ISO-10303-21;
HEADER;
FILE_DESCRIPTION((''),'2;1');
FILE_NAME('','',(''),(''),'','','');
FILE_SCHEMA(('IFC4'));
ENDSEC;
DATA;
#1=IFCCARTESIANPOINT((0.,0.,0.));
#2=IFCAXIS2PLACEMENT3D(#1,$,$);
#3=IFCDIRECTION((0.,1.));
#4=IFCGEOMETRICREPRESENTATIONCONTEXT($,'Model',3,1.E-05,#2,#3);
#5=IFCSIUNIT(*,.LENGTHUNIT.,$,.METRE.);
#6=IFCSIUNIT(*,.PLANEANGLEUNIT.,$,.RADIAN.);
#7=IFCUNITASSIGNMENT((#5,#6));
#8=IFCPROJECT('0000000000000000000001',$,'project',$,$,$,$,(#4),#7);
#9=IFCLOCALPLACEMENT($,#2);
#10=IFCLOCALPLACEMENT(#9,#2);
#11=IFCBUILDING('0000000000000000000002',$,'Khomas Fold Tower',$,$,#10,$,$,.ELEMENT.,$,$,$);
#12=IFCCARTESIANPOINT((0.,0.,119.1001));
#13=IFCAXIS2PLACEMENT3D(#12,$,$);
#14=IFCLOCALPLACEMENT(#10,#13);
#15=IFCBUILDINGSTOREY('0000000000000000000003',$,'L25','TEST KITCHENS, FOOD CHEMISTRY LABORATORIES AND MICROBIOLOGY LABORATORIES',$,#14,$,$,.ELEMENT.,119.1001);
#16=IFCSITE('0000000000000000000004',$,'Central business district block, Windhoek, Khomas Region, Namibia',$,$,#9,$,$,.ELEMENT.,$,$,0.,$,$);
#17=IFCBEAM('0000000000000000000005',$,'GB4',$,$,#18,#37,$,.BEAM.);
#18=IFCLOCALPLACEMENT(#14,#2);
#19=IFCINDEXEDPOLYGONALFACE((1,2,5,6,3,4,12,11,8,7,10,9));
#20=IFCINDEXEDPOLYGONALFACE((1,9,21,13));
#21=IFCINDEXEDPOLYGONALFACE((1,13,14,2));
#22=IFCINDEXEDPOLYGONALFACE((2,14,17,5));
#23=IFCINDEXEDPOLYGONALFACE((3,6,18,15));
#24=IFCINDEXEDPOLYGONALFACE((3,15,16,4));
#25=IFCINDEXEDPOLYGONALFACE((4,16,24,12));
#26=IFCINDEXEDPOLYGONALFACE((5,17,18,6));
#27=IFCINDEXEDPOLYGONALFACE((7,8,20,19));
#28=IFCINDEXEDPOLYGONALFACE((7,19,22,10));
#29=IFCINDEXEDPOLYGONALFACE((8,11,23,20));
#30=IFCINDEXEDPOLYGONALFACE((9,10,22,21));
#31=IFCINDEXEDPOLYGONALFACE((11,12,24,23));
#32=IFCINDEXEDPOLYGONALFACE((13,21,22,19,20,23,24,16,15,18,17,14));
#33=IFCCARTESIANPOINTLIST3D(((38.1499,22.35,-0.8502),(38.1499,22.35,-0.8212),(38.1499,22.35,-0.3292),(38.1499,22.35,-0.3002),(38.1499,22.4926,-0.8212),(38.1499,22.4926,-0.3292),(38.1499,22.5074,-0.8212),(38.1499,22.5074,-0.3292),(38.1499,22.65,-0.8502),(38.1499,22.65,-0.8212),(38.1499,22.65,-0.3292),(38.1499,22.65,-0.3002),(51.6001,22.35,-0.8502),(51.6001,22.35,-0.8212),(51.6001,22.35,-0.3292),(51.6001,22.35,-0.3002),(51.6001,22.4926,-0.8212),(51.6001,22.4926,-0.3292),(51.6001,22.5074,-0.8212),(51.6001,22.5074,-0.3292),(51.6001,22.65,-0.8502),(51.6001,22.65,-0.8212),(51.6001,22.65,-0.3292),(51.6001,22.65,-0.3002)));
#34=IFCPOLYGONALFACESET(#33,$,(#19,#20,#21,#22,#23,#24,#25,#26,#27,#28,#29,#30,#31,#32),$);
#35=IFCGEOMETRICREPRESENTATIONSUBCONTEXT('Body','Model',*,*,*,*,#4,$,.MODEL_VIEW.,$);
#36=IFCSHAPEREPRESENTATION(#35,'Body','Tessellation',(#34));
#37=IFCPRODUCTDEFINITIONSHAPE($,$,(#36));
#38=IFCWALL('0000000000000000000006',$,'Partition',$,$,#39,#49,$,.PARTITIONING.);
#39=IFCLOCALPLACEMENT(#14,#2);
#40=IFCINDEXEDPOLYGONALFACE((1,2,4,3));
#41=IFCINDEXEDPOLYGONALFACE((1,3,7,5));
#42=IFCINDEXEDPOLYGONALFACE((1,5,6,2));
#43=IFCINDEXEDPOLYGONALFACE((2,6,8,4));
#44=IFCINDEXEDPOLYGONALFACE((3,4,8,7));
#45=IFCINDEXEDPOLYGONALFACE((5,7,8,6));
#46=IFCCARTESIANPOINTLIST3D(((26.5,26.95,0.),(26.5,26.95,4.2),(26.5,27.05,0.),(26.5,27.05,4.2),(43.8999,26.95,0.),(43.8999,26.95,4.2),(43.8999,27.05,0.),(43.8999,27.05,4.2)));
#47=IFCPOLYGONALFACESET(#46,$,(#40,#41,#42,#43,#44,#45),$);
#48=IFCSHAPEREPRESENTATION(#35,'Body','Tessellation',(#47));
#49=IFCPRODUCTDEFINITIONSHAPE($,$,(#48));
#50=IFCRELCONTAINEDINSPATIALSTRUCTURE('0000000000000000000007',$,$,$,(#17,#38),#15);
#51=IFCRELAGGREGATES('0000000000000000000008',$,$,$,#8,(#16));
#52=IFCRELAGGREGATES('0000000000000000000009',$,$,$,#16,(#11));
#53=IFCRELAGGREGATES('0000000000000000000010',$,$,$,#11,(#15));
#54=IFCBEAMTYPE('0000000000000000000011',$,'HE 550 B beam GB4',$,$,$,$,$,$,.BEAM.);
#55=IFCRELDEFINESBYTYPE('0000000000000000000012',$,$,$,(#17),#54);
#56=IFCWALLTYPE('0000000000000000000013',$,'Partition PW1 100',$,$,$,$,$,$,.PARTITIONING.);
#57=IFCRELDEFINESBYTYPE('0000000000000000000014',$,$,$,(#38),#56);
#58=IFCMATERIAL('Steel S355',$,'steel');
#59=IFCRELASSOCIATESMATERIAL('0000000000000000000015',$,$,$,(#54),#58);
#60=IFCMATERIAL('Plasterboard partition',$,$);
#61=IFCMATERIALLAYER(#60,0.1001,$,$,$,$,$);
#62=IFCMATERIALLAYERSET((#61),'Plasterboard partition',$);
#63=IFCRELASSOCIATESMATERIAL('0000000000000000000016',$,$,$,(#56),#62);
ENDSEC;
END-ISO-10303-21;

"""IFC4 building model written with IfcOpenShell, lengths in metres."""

from ifc_helpers import new_model, si_unit, direction, frame, frame_2d, origin, origin_2d, place, context, subcontext, project, spatial, rectangle, i_section, extrude, source, transform, mapped, material, layer, layer_set, material_profile, profile_set, type_object, element, save


model = new_model("IFC4")

# Units and contexts
model_context = context("Model", 3, precision=1e-05, world=origin(), true_north=direction((0.0, 1.0)))
body_context = subcontext(model_context, "Body", "Model", "MODEL_VIEW")
ifc_project = project(units=[si_unit("LENGTHUNIT", "METRE"), si_unit("PLANEANGLEUNIT", "RADIAN")], contexts=[model_context])

# Site, building, storey
site_placement = place(None, origin())
site = spatial("IfcSite", under=ifc_project, at=site_placement, Name="Central business district block, Windhoek, Khomas Region, Namibia", CompositionType="ELEMENT", RefElevation=0.0)
building_placement = place(site_placement, origin())
building = spatial("IfcBuilding", under=site, at=building_placement, Name="Khomas Fold Tower", CompositionType="ELEMENT")
storey_placement = place(building_placement, frame((0.0, 0.0, 119.1001)))
storey = spatial("IfcBuildingStorey", under=building, at=storey_placement, Name="L25", Description="TEST KITCHENS, FOOD CHEMISTRY LABORATORIES AND MICROBIOLOGY LABORATORIES", CompositionType="ELEMENT", Elevation=119.1001)

# Beam
ifc_material_1 = material(Name="Steel S355", Category="steel")
ifc_material_profile_1 = material_profile(ifc_material_1, i_section(OverallWidth=0.3, OverallDepth=0.55, WebThickness=0.0149, FlangeThickness=0.0291, at=origin_2d()), Name="HE 550 B")
ifc_profile_set_1 = profile_set([ifc_material_profile_1], Name="Steel S355")
beam_type_1 = type_object("IfcBeamType", Name="HE 550 B beam GB4", PredefinedType="BEAM", material=ifc_profile_set_1)
shared_shape_1 = source(origin(), body_context, "Body", "SweptSolid", [
    extrude(i_section(OverallWidth=0.3, OverallDepth=0.55, WebThickness=0.0149, FlangeThickness=0.0291, at=origin_2d()), origin(), (0.0, 0.0, 1.0), 13.4502),
])
beam_placement = place(storey_placement, frame((38.1499, 22.5, -0.5752), z_axis=(1.0, 0.0, 0.0), x_axis=(0.0, 1.0, 0.0)))
element("IfcBeam", 1, at=beam_placement, inside=storey, type_object=beam_type_1, Name="GB4", PredefinedType="BEAM", context=body_context, shape_type="MappedRepresentation", body=[
    mapped(shared_shape_1, transform((0.0, 0.0, 0.0))),
])

# Wall
ifc_material_2 = material(Name="Plasterboard partition")
ifc_layer = layer(ifc_material_2, 0.1001)
ifc_layer_set = layer_set([ifc_layer], Name="Plasterboard partition")
wall_type = type_object("IfcWallType", Name="Partition PW1 100", PredefinedType="PARTITIONING", material=ifc_layer_set)
shared_shape_2 = source(origin(), body_context, "Body", "SweptSolid", [
    extrude(rectangle(XDim=17.3999, YDim=0.1001, at=frame_2d((8.7, 0.0))), origin(), (0.0, 0.0, 1.0), 4.2),
])
wall_placement = place(storey_placement, frame((26.5, 27.0, 0.0), z_axis=(0.0, 0.0, 1.0), x_axis=(1.0, 0.0, 0.0)))
element("IfcWall", 2, at=wall_placement, inside=storey, type_object=wall_type, Name="Partition", PredefinedType="PARTITIONING", context=body_context, shape_type="MappedRepresentation", body=[
    mapped(shared_shape_2, transform((0.0, 0.0, 0.0))),
])

save(model, "model.ifc")
